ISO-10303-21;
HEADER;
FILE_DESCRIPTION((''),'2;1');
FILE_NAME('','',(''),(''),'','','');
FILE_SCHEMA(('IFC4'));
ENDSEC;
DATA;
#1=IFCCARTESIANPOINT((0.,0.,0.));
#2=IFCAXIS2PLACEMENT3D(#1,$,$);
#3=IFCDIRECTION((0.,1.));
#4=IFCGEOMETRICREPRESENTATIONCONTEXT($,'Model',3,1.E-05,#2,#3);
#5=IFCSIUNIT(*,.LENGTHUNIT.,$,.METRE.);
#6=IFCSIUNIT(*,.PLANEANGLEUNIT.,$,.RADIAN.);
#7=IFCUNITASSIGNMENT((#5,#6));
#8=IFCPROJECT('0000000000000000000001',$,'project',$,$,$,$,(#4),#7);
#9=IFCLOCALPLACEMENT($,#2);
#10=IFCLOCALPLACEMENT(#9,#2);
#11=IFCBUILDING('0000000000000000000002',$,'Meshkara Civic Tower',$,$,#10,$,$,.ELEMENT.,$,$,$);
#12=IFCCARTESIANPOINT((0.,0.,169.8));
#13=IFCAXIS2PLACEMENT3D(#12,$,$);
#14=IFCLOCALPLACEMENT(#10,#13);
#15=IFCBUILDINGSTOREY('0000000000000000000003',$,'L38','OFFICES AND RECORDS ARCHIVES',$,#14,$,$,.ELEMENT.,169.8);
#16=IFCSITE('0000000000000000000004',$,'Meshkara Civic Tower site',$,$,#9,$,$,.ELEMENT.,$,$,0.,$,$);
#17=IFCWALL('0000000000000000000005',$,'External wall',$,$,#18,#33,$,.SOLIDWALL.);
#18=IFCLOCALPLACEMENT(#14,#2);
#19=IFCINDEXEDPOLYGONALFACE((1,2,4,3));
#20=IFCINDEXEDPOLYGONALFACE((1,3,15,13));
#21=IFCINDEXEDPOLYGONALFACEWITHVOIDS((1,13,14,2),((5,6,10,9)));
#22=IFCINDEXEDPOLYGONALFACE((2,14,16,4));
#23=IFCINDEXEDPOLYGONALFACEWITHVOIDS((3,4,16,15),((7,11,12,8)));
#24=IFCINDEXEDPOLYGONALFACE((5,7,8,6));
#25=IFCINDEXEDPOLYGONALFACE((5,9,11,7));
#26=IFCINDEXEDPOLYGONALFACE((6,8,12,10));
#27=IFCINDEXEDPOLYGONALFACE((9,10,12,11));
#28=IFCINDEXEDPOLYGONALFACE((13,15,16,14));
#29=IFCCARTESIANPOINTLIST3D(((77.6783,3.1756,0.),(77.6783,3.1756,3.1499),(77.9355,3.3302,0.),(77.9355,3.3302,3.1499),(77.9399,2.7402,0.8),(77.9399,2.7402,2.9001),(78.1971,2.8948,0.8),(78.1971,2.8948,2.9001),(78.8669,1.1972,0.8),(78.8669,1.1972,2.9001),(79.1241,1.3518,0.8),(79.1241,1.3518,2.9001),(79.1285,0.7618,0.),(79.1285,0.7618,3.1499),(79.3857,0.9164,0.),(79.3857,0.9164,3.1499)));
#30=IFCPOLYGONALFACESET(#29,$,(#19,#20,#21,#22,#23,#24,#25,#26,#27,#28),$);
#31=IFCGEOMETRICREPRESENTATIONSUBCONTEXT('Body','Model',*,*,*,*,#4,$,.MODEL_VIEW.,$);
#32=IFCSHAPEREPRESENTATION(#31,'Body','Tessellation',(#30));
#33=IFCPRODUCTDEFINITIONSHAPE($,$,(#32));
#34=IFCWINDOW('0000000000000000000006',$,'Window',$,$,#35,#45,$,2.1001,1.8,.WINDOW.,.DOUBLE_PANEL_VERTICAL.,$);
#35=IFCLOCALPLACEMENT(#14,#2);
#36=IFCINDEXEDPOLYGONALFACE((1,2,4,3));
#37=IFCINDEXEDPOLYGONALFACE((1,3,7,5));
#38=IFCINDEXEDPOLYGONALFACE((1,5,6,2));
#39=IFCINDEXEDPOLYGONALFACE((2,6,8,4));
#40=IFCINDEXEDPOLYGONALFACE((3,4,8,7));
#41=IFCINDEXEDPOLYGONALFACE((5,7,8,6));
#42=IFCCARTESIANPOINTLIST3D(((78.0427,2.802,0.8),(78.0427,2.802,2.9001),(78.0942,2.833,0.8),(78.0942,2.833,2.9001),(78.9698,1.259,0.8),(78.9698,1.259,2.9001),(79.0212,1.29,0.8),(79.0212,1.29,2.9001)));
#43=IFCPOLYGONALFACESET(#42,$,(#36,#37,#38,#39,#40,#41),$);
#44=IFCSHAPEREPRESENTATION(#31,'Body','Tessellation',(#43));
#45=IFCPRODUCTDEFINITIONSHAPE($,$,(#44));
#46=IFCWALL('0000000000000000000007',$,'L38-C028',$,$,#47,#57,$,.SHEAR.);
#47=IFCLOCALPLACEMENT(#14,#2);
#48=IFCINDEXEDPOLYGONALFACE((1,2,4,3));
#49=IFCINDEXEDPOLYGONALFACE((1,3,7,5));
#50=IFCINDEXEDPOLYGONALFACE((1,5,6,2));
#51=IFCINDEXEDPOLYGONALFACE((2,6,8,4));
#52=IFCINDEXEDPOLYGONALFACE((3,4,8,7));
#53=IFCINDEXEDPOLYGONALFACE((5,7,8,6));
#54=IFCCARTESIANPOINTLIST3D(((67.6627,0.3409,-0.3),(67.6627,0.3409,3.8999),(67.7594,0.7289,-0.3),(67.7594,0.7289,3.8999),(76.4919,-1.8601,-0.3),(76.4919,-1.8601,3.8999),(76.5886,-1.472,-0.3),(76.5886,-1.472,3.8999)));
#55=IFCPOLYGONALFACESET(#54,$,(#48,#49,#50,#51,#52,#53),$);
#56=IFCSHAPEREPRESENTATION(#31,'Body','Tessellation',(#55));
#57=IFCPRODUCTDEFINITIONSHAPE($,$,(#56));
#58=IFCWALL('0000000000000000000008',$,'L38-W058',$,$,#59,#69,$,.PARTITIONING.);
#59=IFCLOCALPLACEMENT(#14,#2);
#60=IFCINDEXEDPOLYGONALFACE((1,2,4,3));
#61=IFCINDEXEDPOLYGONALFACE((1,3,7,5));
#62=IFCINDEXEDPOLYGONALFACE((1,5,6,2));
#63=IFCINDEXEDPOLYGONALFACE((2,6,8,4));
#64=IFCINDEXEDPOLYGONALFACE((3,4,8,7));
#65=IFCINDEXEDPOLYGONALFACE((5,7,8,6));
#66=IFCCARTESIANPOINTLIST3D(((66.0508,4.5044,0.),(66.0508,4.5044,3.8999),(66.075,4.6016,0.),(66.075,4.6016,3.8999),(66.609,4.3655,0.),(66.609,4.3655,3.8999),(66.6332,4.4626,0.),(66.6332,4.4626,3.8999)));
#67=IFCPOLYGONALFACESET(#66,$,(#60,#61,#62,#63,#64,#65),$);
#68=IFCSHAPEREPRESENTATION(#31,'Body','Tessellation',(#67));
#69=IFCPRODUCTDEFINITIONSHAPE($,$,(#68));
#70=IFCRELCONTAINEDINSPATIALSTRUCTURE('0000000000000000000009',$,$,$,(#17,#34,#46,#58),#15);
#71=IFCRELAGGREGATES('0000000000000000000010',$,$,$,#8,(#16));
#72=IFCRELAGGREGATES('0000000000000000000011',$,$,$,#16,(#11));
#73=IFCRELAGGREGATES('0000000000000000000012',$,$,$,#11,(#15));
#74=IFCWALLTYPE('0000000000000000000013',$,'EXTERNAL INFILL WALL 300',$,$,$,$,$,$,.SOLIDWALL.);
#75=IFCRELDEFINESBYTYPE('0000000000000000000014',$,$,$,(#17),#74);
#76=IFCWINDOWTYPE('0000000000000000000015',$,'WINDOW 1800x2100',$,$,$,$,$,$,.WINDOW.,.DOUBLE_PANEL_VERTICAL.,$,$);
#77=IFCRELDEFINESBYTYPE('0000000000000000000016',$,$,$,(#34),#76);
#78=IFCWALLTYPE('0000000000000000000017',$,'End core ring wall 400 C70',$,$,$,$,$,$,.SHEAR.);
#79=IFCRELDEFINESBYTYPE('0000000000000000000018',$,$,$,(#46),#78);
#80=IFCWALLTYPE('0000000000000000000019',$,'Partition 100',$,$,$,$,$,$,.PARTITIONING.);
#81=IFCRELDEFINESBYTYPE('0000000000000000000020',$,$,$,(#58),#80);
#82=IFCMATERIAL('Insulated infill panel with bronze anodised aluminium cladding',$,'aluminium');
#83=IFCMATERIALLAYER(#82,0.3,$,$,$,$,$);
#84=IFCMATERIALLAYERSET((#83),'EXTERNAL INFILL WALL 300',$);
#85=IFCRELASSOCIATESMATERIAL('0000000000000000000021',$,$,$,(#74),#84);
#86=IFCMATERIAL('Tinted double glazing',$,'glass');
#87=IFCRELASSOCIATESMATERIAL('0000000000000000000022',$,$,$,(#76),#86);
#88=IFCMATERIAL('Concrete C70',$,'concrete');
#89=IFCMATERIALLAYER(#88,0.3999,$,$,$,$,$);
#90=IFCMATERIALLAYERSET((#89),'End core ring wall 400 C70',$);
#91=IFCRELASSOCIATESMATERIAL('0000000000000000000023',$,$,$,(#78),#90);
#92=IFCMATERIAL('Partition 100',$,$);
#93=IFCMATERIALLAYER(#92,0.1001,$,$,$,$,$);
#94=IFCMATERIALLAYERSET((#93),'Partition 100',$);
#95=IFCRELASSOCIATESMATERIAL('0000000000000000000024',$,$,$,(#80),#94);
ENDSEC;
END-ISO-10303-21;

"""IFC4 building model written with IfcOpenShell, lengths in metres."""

from ifc_helpers import new_model, si_unit, direction, frame, frame_2d, origin, place, context, subcontext, project, spatial, rectangle, extrude, material, layer, layer_set, type_object, element, fill, save


model = new_model("IFC4")

# Units and contexts
model_context = context("Model", 3, precision=1e-05, world=origin(), true_north=direction((0.0, 1.0)))
body_context = subcontext(model_context, "Body", "Model", "MODEL_VIEW")
ifc_project = project(units=[si_unit("LENGTHUNIT", "METRE"), si_unit("PLANEANGLEUNIT", "RADIAN")], contexts=[model_context])

# Site, building, storey
site_placement = place(None, origin())
site = spatial("IfcSite", under=ifc_project, at=site_placement, Name="Meshkara Civic Tower site", CompositionType="ELEMENT", RefElevation=0.0)
building_placement = place(site_placement, origin())
building = spatial("IfcBuilding", under=site, at=building_placement, Name="Meshkara Civic Tower", CompositionType="ELEMENT")
storey_placement = place(building_placement, frame((0.0, 0.0, 169.8)))
storey = spatial("IfcBuildingStorey", under=building, at=storey_placement, Name="L38", Description="OFFICES AND RECORDS ARCHIVES", CompositionType="ELEMENT", Elevation=169.8)

# Wall, opening, window
ifc_material_1 = material(Name="Insulated infill panel with bronze anodised aluminium cladding", Category="aluminium")
ifc_layer_1 = layer(ifc_material_1, 0.3)
ifc_layer_set_1 = layer_set([ifc_layer_1], Name="EXTERNAL INFILL WALL 300")
wall_type_1 = type_object("IfcWallType", Name="EXTERNAL INFILL WALL 300", PredefinedType="SOLIDWALL", material=ifc_layer_set_1)
ifc_material_2 = material(Name="Tinted double glazing", Category="glass")
window_type_1 = type_object("IfcWindowType", Name="WINDOW 1800x2100", PartitioningType="DOUBLE_PANEL_VERTICAL", PredefinedType="WINDOW", material=ifc_material_2)
wall_1_placement = place(storey_placement, frame((79.2571, 0.8391, 0.0), z_axis=(0.0, 0.0, 1.0), x_axis=(-0.514993, 0.857194, 0.0)))
wall_1 = element("IfcWall", 1, at=wall_1_placement, inside=storey, type_object=wall_type_1, Name="External wall", PredefinedType="SOLIDWALL", context=body_context, shape_type="SweptSolid", body=[
    extrude(rectangle(XDim=2.8159, YDim=0.3, at=frame_2d((1.408, 0.0))), origin(), (0.0, 0.0, 1.0), 3.1499),
])
opening_1_placement = place(wall_1_placement, frame((0.5081, 0.0, 0.8)))
opening_1 = element("IfcOpeningElement", 2, at=opening_1_placement, cuts=wall_1, PredefinedType="OPENING", context=body_context, shape_type="SweptSolid", body=[
    extrude(rectangle(XDim=1.8, YDim=2.1001, at=frame_2d((0.8999, 1.05))), frame((0.0, 0.1599, 0.0), z_axis=(0.0, -1.0, 0.0), x_axis=(1.0, 0.0, 0.0)), (0.0, 0.0, 1.0), 0.3201),
])
window_1_placement = place(opening_1_placement, origin())
window_1 = element("IfcWindow", 3, at=window_1_placement, inside=storey, type_object=window_type_1, Name="Window", OverallHeight=2.1001, OverallWidth=1.8, PartitioningType="DOUBLE_PANEL_VERTICAL", PredefinedType="WINDOW", context=body_context, shape_type="SweptSolid", body=[
    extrude(rectangle(XDim=1.8, YDim=2.1001, at=frame_2d((0.8999, 1.05))), frame((0.0, 0.03, 0.0), z_axis=(0.0, -1.0, 0.0), x_axis=(1.0, 0.0, 0.0)), (0.0, 0.0, 1.0), 0.0601),
])
fill(opening_1, window_1)

# Walls
ifc_material_3 = material(Name="Concrete C70", Category="concrete")
ifc_layer_2 = layer(ifc_material_3, 0.3999)
ifc_layer_set_2 = layer_set([ifc_layer_2], Name="End core ring wall 400 C70")
wall_type_2 = type_object("IfcWallType", Name="End core ring wall 400 C70", PredefinedType="SHEAR", material=ifc_layer_set_2)
wall_2_placement = place(storey_placement, frame((67.7109, 0.5349, -0.3), z_axis=(0.0, 0.0, 1.0), x_axis=(0.970306, -0.241879, 0.0)))
element("IfcWall", 4, at=wall_2_placement, inside=storey, type_object=wall_type_2, Name="L38-C028", PredefinedType="SHEAR", context=body_context, shape_type="SweptSolid", body=[
    extrude(rectangle(XDim=9.0994, YDim=0.3999, at=frame_2d((4.5498, 0.0))), origin(), (0.0, 0.0, 1.0), 4.2),
])
ifc_material_4 = material(Name="Partition 100")
ifc_layer_3 = layer(ifc_material_4, 0.1001)
ifc_layer_set_3 = layer_set([ifc_layer_3], Name="Partition 100")
wall_type_3 = type_object("IfcWallType", Name="Partition 100", PredefinedType="PARTITIONING", material=ifc_layer_set_3)
wall_3_placement = place(storey_placement, frame((66.6211, 4.4141, 0.0), z_axis=(0.0, 0.0, 1.0), x_axis=(-0.970392, 0.241537, 0.0)))
element("IfcWall", 5, at=wall_3_placement, inside=storey, type_object=wall_type_3, Name="L38-W058", PredefinedType="PARTITIONING", context=body_context, shape_type="SweptSolid", body=[
    extrude(rectangle(XDim=0.5752, YDim=0.1001, at=frame_2d((0.2876, 0.0))), origin(), (0.0, 0.0, 1.0), 3.8999),
])

save(model, "model.ifc")
